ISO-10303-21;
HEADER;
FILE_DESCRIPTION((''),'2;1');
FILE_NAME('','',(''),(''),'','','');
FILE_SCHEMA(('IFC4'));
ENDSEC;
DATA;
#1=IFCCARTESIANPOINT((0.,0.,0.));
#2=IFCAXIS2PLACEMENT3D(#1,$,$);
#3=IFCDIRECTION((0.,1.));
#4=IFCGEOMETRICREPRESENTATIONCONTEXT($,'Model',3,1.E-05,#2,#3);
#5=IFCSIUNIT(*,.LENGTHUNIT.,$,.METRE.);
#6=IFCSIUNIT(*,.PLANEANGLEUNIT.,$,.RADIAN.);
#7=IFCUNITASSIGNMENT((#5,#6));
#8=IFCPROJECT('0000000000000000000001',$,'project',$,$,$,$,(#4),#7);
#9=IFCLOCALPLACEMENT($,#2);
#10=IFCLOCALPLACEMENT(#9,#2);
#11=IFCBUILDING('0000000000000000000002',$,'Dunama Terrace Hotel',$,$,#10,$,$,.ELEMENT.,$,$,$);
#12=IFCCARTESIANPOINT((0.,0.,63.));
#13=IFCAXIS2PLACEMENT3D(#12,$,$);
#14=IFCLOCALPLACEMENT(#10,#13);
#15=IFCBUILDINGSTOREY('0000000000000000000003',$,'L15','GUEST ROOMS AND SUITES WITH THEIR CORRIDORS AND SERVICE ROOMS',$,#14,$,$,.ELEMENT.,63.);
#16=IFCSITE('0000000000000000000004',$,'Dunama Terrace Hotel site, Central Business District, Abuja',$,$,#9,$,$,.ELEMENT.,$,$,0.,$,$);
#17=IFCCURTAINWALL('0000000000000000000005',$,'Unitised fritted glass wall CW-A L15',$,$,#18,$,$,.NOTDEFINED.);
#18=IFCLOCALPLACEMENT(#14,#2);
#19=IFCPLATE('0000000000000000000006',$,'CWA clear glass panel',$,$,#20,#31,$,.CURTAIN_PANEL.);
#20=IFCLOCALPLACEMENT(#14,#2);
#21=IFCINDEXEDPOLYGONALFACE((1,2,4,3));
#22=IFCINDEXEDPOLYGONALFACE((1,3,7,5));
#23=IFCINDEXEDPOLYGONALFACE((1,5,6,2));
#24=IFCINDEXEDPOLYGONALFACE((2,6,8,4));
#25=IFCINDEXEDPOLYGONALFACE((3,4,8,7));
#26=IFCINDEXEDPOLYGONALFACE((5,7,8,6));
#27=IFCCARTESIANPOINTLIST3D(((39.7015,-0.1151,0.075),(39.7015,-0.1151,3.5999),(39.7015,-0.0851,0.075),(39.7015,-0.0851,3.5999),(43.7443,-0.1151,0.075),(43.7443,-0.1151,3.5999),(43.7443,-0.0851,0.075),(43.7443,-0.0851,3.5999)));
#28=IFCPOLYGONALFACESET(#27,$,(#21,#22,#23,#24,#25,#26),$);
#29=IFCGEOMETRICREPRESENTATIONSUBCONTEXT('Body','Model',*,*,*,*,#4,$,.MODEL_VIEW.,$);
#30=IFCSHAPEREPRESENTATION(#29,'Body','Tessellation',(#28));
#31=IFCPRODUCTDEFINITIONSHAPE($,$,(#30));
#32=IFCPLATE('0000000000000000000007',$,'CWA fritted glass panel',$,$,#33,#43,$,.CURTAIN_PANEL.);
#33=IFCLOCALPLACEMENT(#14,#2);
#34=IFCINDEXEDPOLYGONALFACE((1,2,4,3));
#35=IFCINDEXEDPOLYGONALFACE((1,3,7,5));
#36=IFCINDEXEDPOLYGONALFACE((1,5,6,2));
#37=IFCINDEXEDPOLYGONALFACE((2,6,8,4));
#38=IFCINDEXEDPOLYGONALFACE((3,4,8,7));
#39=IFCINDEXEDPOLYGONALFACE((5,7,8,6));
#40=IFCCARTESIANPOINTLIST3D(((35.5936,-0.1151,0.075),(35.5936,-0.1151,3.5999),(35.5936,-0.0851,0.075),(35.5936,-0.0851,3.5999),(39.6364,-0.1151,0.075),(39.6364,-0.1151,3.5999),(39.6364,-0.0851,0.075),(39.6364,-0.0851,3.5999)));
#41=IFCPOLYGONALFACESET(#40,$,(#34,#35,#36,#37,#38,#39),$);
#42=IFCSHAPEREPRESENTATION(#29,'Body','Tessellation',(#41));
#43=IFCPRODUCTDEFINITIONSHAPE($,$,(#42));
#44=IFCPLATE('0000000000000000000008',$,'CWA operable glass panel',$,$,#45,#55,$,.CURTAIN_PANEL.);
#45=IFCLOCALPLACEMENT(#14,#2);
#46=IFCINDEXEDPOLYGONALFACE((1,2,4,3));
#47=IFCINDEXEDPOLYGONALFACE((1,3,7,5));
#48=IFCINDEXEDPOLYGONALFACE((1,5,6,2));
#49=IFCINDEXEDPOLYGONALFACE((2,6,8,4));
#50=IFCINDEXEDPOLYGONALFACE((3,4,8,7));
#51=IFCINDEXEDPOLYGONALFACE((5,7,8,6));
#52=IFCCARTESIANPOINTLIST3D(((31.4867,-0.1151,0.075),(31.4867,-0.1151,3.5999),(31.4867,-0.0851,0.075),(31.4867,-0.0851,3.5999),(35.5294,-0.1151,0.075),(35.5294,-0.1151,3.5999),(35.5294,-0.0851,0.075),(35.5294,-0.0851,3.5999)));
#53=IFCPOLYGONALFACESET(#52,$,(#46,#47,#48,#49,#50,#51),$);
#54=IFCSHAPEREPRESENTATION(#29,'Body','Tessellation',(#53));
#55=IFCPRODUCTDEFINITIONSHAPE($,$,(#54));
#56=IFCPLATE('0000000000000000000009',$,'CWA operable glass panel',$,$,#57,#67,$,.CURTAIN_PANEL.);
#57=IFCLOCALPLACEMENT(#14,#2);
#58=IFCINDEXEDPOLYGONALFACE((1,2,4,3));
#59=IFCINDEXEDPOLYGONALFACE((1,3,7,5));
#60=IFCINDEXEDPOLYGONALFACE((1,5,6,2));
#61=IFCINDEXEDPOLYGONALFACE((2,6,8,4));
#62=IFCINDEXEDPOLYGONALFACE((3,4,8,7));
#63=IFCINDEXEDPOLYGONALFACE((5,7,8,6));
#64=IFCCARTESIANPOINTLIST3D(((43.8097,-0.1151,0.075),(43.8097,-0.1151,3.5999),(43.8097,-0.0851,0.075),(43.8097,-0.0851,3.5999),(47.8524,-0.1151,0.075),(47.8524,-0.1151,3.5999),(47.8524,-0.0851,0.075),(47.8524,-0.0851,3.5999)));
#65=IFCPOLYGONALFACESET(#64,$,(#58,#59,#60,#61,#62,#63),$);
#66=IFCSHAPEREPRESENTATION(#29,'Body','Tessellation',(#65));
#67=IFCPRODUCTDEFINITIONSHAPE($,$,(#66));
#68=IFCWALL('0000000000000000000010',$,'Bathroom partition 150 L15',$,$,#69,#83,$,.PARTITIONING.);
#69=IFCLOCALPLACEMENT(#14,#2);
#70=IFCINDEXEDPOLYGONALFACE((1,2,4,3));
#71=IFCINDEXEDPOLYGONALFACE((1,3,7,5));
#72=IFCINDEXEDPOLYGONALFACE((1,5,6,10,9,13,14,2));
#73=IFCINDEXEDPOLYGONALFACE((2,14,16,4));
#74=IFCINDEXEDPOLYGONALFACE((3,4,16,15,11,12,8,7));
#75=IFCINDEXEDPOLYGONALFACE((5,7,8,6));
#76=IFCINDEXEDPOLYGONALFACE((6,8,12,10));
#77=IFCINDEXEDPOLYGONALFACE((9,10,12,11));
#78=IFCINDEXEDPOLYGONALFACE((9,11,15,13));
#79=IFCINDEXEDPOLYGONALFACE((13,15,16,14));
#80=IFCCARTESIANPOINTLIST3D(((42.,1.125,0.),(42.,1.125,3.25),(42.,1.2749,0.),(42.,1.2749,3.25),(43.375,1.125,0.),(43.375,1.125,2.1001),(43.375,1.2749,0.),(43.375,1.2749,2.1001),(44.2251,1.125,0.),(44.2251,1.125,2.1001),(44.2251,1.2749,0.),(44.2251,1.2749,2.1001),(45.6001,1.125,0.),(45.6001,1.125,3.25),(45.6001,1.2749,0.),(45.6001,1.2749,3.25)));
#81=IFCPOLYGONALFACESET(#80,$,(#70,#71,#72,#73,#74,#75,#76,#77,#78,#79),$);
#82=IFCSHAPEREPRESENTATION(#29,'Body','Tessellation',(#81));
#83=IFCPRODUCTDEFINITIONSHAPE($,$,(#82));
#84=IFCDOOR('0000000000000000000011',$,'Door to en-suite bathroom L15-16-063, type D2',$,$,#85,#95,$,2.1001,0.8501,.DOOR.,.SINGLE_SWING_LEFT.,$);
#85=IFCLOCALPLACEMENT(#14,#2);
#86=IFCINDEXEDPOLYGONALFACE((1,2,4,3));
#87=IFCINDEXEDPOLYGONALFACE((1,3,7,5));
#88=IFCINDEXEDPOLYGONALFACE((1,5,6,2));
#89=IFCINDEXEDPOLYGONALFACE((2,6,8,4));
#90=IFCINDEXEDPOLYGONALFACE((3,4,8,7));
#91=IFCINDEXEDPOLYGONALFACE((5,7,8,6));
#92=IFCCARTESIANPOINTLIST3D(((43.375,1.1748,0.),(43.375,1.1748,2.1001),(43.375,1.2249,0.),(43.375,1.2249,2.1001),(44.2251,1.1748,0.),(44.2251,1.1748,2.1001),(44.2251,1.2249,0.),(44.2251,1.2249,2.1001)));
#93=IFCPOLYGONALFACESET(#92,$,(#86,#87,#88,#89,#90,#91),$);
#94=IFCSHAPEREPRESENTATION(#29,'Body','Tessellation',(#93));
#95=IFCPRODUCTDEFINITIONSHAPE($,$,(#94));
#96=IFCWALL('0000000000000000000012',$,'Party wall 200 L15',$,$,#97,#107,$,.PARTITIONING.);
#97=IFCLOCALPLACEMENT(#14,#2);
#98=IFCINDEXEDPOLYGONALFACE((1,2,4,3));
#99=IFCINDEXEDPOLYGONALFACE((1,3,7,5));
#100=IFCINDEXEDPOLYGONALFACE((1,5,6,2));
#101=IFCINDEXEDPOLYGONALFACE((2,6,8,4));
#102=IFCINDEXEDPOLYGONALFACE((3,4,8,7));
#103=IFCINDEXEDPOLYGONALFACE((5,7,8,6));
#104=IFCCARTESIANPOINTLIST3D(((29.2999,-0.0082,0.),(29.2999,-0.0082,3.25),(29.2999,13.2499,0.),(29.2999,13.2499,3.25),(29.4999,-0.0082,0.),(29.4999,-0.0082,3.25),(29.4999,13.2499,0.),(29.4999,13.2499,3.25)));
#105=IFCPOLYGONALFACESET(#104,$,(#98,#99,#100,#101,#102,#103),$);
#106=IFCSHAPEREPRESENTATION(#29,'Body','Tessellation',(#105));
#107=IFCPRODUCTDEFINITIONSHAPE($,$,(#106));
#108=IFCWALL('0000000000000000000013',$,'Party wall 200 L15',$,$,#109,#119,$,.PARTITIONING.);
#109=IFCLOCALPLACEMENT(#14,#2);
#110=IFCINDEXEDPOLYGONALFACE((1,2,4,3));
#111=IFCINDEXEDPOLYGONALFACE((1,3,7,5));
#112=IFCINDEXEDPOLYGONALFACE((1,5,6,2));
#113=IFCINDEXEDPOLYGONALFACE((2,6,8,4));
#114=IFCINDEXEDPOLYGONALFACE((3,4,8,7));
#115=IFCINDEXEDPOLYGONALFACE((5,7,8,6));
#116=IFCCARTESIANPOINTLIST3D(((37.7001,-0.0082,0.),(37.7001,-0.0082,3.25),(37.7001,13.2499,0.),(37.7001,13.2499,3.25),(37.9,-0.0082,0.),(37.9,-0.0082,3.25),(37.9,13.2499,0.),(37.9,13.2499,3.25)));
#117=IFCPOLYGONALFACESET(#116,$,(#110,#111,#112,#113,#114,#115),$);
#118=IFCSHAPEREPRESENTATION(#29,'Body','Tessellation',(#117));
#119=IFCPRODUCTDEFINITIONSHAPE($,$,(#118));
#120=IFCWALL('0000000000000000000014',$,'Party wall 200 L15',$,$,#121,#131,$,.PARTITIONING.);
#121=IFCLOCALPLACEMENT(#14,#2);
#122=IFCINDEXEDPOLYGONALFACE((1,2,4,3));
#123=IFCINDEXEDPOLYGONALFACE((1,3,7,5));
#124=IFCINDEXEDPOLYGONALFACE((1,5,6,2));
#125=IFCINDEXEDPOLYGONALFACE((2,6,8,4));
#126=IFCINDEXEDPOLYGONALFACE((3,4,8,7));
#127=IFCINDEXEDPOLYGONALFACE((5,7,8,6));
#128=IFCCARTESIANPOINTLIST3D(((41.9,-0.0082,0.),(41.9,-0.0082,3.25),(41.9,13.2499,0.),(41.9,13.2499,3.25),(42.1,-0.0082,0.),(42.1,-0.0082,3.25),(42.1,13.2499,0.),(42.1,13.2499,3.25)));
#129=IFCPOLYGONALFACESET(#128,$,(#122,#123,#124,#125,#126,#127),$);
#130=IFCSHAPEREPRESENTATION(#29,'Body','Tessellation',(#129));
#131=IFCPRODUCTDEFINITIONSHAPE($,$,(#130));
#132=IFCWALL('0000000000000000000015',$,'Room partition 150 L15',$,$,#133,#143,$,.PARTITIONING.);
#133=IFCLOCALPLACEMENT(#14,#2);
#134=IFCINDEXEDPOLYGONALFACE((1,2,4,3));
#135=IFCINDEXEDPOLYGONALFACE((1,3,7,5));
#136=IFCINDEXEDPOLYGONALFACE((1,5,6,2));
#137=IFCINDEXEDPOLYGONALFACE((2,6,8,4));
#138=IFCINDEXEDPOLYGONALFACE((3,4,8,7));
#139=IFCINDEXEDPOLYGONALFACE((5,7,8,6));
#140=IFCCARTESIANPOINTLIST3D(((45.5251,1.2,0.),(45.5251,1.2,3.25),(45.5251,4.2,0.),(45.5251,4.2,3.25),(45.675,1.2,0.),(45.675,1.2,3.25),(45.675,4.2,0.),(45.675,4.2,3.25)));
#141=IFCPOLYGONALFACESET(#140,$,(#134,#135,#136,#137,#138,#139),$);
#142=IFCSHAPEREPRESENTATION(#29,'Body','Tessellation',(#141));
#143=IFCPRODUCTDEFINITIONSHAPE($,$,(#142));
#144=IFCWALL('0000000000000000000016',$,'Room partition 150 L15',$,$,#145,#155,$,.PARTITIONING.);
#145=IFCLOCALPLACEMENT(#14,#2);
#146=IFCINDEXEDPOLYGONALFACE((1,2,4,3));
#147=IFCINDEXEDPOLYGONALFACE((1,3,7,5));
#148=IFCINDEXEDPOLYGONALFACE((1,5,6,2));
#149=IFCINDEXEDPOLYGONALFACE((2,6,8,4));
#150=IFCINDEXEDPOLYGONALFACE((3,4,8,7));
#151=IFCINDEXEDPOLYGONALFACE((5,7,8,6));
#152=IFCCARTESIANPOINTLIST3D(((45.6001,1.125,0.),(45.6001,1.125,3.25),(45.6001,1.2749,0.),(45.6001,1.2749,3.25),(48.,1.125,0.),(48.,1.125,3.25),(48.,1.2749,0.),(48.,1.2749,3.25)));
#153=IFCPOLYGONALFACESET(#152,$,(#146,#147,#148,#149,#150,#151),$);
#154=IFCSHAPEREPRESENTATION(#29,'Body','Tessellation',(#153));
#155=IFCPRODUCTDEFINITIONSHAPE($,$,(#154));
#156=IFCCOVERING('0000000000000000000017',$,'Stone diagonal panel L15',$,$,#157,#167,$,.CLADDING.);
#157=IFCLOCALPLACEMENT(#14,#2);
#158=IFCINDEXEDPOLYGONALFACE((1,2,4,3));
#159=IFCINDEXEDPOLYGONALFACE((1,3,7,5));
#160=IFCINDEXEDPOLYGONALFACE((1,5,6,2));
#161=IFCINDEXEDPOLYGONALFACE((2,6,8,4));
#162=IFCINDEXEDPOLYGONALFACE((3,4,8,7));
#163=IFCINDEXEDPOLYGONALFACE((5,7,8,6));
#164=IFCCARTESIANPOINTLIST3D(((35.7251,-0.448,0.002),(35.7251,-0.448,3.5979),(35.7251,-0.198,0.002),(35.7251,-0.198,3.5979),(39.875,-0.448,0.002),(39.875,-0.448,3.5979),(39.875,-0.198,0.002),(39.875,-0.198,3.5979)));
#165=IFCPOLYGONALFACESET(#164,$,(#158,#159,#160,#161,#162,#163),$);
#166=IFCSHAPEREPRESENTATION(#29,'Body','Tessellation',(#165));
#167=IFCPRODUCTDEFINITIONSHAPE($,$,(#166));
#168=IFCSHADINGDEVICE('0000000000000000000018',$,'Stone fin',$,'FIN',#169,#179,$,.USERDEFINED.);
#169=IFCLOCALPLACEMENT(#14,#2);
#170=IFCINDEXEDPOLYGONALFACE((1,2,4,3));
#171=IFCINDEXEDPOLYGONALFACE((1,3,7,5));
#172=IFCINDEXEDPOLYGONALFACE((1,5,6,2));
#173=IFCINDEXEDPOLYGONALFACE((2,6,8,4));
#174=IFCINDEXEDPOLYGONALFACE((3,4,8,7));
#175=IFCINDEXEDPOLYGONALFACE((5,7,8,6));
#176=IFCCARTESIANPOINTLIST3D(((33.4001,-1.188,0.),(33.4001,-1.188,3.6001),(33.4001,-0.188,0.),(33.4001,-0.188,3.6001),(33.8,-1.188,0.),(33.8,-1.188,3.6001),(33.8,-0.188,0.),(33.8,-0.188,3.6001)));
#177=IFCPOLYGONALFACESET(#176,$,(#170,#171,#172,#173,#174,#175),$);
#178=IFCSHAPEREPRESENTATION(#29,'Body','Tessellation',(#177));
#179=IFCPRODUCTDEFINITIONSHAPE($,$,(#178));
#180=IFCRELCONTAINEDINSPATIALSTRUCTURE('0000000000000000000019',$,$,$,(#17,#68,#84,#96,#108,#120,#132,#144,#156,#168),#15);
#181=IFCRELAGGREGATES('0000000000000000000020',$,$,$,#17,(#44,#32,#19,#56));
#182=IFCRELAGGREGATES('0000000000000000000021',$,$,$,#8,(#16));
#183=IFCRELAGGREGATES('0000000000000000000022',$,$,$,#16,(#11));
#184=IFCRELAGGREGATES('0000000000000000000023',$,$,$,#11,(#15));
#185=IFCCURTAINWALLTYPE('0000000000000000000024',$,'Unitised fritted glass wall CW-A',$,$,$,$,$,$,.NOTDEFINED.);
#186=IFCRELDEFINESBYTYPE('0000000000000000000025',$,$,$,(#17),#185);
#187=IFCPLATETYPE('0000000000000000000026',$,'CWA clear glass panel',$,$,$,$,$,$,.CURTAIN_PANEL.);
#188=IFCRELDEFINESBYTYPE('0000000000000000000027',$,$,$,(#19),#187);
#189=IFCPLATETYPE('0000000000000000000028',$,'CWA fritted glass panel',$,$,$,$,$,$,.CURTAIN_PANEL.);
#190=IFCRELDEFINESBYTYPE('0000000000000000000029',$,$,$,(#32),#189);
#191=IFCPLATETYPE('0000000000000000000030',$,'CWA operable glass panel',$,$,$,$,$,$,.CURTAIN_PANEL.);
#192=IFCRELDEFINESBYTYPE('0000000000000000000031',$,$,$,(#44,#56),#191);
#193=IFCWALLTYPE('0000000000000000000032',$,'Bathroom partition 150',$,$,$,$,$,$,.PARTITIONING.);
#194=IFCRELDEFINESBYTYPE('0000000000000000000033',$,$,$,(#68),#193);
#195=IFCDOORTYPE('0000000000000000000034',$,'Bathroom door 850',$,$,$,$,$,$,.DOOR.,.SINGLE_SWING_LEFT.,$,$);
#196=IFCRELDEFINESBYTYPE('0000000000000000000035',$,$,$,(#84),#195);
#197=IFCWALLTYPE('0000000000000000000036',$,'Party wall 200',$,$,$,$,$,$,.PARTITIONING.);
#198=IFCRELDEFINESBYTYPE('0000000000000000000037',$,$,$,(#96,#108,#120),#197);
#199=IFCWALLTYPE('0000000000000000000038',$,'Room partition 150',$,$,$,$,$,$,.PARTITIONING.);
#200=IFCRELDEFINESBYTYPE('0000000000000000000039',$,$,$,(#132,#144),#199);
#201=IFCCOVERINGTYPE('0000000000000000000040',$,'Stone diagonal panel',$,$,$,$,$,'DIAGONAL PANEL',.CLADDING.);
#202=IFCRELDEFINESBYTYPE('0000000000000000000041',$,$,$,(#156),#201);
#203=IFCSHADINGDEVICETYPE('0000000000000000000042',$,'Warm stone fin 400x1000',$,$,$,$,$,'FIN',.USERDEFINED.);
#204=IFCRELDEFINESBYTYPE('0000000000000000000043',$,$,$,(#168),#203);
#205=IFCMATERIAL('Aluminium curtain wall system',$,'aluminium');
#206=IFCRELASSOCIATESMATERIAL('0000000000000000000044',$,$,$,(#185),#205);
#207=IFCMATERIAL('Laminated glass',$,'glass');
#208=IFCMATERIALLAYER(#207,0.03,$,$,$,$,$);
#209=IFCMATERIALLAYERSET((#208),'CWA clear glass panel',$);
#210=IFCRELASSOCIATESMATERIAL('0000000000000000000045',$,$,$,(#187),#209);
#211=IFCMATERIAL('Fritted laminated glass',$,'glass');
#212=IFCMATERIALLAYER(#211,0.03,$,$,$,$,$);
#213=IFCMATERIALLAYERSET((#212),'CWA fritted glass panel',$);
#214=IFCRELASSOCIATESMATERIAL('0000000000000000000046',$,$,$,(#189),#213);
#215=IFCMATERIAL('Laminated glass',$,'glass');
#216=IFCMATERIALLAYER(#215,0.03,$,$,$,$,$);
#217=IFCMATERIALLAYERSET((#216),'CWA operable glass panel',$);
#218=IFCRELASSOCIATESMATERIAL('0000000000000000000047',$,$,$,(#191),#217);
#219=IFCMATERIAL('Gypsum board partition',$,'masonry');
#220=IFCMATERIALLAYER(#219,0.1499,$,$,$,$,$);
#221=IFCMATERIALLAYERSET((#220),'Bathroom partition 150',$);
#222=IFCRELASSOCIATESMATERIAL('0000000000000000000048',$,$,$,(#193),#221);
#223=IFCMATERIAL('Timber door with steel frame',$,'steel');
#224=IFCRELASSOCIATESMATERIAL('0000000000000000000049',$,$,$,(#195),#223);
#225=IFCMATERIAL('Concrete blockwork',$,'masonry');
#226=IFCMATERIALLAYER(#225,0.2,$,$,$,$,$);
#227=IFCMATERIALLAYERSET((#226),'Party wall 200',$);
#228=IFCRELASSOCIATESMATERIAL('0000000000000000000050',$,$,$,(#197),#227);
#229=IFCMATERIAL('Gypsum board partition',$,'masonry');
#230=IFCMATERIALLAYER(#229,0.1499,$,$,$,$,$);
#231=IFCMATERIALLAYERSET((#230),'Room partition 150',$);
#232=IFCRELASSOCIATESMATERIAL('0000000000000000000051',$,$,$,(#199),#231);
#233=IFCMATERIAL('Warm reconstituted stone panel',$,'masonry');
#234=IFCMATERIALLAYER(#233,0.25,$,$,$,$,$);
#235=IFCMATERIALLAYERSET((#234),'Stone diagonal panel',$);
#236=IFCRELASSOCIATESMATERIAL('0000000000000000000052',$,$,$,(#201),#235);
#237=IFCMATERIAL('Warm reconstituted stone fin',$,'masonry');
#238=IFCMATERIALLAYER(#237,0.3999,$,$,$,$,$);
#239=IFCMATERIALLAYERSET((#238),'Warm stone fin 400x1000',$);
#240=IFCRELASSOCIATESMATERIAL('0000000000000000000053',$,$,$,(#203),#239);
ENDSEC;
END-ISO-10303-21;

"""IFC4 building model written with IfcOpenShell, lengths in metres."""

from ifc_helpers import new_model, si_unit, direction, frame, frame_2d, origin, origin_2d, place, context, subcontext, project, spatial, rectangle, extrude, material, layer, layer_set, type_object, element, fill, aggregate, save


model = new_model("IFC4")

# Units and contexts
model_context = context("Model", 3, precision=1e-05, world=origin(), true_north=direction((0.0, 1.0)))
body_context = subcontext(model_context, "Body", "Model", "MODEL_VIEW")
ifc_project = project(units=[si_unit("LENGTHUNIT", "METRE"), si_unit("PLANEANGLEUNIT", "RADIAN")], contexts=[model_context])

# Site, building, storey
site_placement = place(None, origin())
site = spatial("IfcSite", under=ifc_project, at=site_placement, Name="Dunama Terrace Hotel site, Central Business District, Abuja", CompositionType="ELEMENT", RefElevation=0.0)
building_placement = place(site_placement, origin())
building = spatial("IfcBuilding", under=site, at=building_placement, Name="Dunama Terrace Hotel", CompositionType="ELEMENT")
storey_placement = place(building_placement, frame((0.0, 0.0, 63.0)))
storey = spatial("IfcBuildingStorey", under=building, at=storey_placement, Name="L15", Description="GUEST ROOMS AND SUITES WITH THEIR CORRIDORS AND SERVICE ROOMS", CompositionType="ELEMENT", Elevation=63.0)

# Curtain wall
ifc_material_1 = material(Name="Aluminium curtain wall system", Category="aluminium")
curtain_wall_type = type_object("IfcCurtainWallType", Name="Unitised fritted glass wall CW-A", PredefinedType="NOTDEFINED", material=ifc_material_1)
curtain_wall_placement = place(storey_placement, origin())
curtain_wall = element("IfcCurtainWall", 1, at=curtain_wall_placement, inside=storey, type_object=curtain_wall_type, Name="Unitised fritted glass wall CW-A L15", PredefinedType="NOTDEFINED")

# Plates
ifc_material_2 = material(Name="Laminated glass", Category="glass")
ifc_layer_1 = layer(ifc_material_2, 0.03)
ifc_layer_set_1 = layer_set([ifc_layer_1], Name="CWA clear glass panel")
plate_type_1 = type_object("IfcPlateType", Name="CWA clear glass panel", PredefinedType="CURTAIN_PANEL", material=ifc_layer_set_1)
plate_1_placement = place(storey_placement, frame((41.7229, -0.1001, 0.075), z_axis=(0.0, 0.0, 1.0), x_axis=(1.0, 0.0, 0.0)))
plate_1 = element("IfcPlate", 2, at=plate_1_placement, type_object=plate_type_1, Name="CWA clear glass panel", PredefinedType="CURTAIN_PANEL", context=body_context, shape_type="SweptSolid", body=[
    extrude(rectangle(XDim=4.0427, YDim=0.03, at=origin_2d()), origin(), (0.0, 0.0, 1.0), 3.5249),
])
ifc_material_3 = material(Name="Fritted laminated glass", Category="glass")
ifc_layer_2 = layer(ifc_material_3, 0.03)
ifc_layer_set_2 = layer_set([ifc_layer_2], Name="CWA fritted glass panel")
plate_type_2 = type_object("IfcPlateType", Name="CWA fritted glass panel", PredefinedType="CURTAIN_PANEL", material=ifc_layer_set_2)
plate_2_placement = place(storey_placement, frame((37.615, -0.1001, 0.075), z_axis=(0.0, 0.0, 1.0), x_axis=(1.0, 0.0, 0.0)))
plate_2 = element("IfcPlate", 3, at=plate_2_placement, type_object=plate_type_2, Name="CWA fritted glass panel", PredefinedType="CURTAIN_PANEL", context=body_context, shape_type="SweptSolid", body=[
    extrude(rectangle(XDim=4.0427, YDim=0.03, at=origin_2d()), origin(), (0.0, 0.0, 1.0), 3.5249),
])
ifc_material_4 = material(Name="Laminated glass", Category="glass")
ifc_layer_3 = layer(ifc_material_4, 0.03)
ifc_layer_set_3 = layer_set([ifc_layer_3], Name="CWA operable glass panel")
plate_type_3 = type_object("IfcPlateType", Name="CWA operable glass panel", PredefinedType="CURTAIN_PANEL", material=ifc_layer_set_3)
plate_3_placement = place(storey_placement, frame((33.5081, -0.1001, 0.075), z_axis=(0.0, 0.0, 1.0), x_axis=(1.0, 0.0, 0.0)))
plate_3 = element("IfcPlate", 4, at=plate_3_placement, type_object=plate_type_3, Name="CWA operable glass panel", PredefinedType="CURTAIN_PANEL", context=body_context, shape_type="SweptSolid", body=[
    extrude(rectangle(XDim=4.0427, YDim=0.03, at=origin_2d()), origin(), (0.0, 0.0, 1.0), 3.5249),
])
plate_4_placement = place(storey_placement, frame((45.8311, -0.1001, 0.075), z_axis=(0.0, 0.0, 1.0), x_axis=(1.0, 0.0, 0.0)))
plate_4 = element("IfcPlate", 5, at=plate_4_placement, type_object=plate_type_3, Name="CWA operable glass panel", PredefinedType="CURTAIN_PANEL", context=body_context, shape_type="SweptSolid", body=[
    extrude(rectangle(XDim=4.0427, YDim=0.03, at=origin_2d()), origin(), (0.0, 0.0, 1.0), 3.5249),
])
aggregate(curtain_wall, [plate_3, plate_2, plate_1, plate_4])

# Wall, opening, door
ifc_material_5 = material(Name="Gypsum board partition", Category="masonry")
ifc_layer_4 = layer(ifc_material_5, 0.1499)
ifc_layer_set_4 = layer_set([ifc_layer_4], Name="Bathroom partition 150")
wall_type_1 = type_object("IfcWallType", Name="Bathroom partition 150", PredefinedType="PARTITIONING", material=ifc_layer_set_4)
wall_1_placement = place(storey_placement, frame((42.0, 1.2, 0.0), z_axis=(0.0, 0.0, 1.0), x_axis=(1.0, 0.0, 0.0)))
wall_1 = element("IfcWall", 6, at=wall_1_placement, inside=storey, type_object=wall_type_1, Name="Bathroom partition 150 L15", PredefinedType="PARTITIONING", context=body_context, shape_type="SweptSolid", body=[
    extrude(rectangle(XDim=3.6001, YDim=0.1499, at=frame_2d((1.8, 0.0))), origin(), (0.0, 0.0, 1.0), 3.25),
])
opening_placement = place(wall_1_placement, frame((1.375, 0.0, 0.0)))
opening = element("IfcOpeningElement", 7, at=opening_placement, cuts=wall_1, PredefinedType="OPENING", context=body_context, shape_type="SweptSolid", body=[
    extrude(rectangle(XDim=0.8501, YDim=2.1001, at=frame_2d((0.425, 1.05))), frame((0.0, 0.085, 0.0), z_axis=(0.0, -1.0, 0.0), x_axis=(1.0, 0.0, 0.0)), (0.0, 0.0, 1.0), 0.1699),
])
ifc_material_6 = material(Name="Timber door with steel frame", Category="steel")
door_type = type_object("IfcDoorType", Name="Bathroom door 850", OperationType="SINGLE_SWING_LEFT", PredefinedType="DOOR", material=ifc_material_6)
door_placement = place(opening_placement, origin())
door = element("IfcDoor", 8, at=door_placement, inside=storey, type_object=door_type, Name="Door to en-suite bathroom L15-16-063, type D2", OperationType="SINGLE_SWING_LEFT", OverallHeight=2.1001, OverallWidth=0.8501, PredefinedType="DOOR", context=body_context, shape_type="SweptSolid", body=[
    extrude(rectangle(XDim=0.8501, YDim=2.1001, at=frame_2d((0.425, 1.05))), frame((0.0, 0.0249, 0.0), z_axis=(0.0, -1.0, 0.0), x_axis=(1.0, 0.0, 0.0)), (0.0, 0.0, 1.0), 0.05),
])
fill(opening, door)

# Walls
ifc_material_7 = material(Name="Concrete blockwork", Category="masonry")
ifc_layer_5 = layer(ifc_material_7, 0.2)
ifc_layer_set_5 = layer_set([ifc_layer_5], Name="Party wall 200")
wall_type_2 = type_object("IfcWallType", Name="Party wall 200", PredefinedType="PARTITIONING", material=ifc_layer_set_5)
for number, where, z_axis, x_axis, name in (
    (9, (29.3999, -0.0081, 0.0), (0.0, 0.0, 1.0), (0.0, 1.0, 0.0), "Party wall 200 L15"),
    (10, (37.8, -0.0081, 0.0), (0.0, 0.0, 1.0), (0.0, 1.0, 0.0), "Party wall 200 L15"),
    (11, (42.0, -0.0081, 0.0), (0.0, 0.0, 1.0), (0.0, 1.0, 0.0), "Party wall 200 L15"),
):
    element("IfcWall", number, at=place(storey_placement, frame(where, z_axis=z_axis, x_axis=x_axis)), inside=storey, type_object=wall_type_2, Name=name, PredefinedType="PARTITIONING", context=body_context, shape_type="SweptSolid", body=[
        extrude(rectangle(XDim=13.2581, YDim=0.2, at=frame_2d((6.6289, 0.0))), origin(), (0.0, 0.0, 1.0), 3.25),
    ])
ifc_material_8 = material(Name="Gypsum board partition", Category="masonry")
ifc_layer_6 = layer(ifc_material_8, 0.1499)
ifc_layer_set_6 = layer_set([ifc_layer_6], Name="Room partition 150")
wall_type_3 = type_object("IfcWallType", Name="Room partition 150", PredefinedType="PARTITIONING", material=ifc_layer_set_6)
wall_2_placement = place(storey_placement, frame((45.6001, 1.2, 0.0), z_axis=(0.0, 0.0, 1.0), x_axis=(0.0, 1.0, 0.0)))
element("IfcWall", 12, at=wall_2_placement, inside=storey, type_object=wall_type_3, Name="Room partition 150 L15", PredefinedType="PARTITIONING", context=body_context, shape_type="SweptSolid", body=[
    extrude(rectangle(XDim=3.0, YDim=0.1499, at=frame_2d((1.5, 0.0))), origin(), (0.0, 0.0, 1.0), 3.25),
])
wall_3_placement = place(storey_placement, frame((45.6001, 1.2, 0.0), z_axis=(0.0, 0.0, 1.0), x_axis=(1.0, 0.0, 0.0)))
element("IfcWall", 13, at=wall_3_placement, inside=storey, type_object=wall_type_3, Name="Room partition 150 L15", PredefinedType="PARTITIONING", context=body_context, shape_type="SweptSolid", body=[
    extrude(rectangle(XDim=2.3999, YDim=0.1499, at=frame_2d((1.2, 0.0))), origin(), (0.0, 0.0, 1.0), 3.25),
])

# Covering
ifc_material_9 = material(Name="Warm reconstituted stone panel", Category="masonry")
ifc_layer_7 = layer(ifc_material_9, 0.25)
ifc_layer_set_7 = layer_set([ifc_layer_7], Name="Stone diagonal panel")
covering_type = type_object("IfcCoveringType", Name="Stone diagonal panel", ElementType="DIAGONAL PANEL", PredefinedType="CLADDING", material=ifc_layer_set_7)
covering_placement = place(storey_placement, frame((37.8, -0.323, 0.002), z_axis=(0.0, 0.0, 1.0), x_axis=(1.0, 0.0, 0.0)))
element("IfcCovering", 14, at=covering_placement, inside=storey, type_object=covering_type, Name="Stone diagonal panel L15", PredefinedType="CLADDING", context=body_context, shape_type="SweptSolid", body=[
    extrude(rectangle(XDim=4.1499, YDim=0.25, at=origin_2d()), origin(), (0.0, 0.0, 1.0), 3.5959),
])

# Shading device
ifc_material_10 = material(Name="Warm reconstituted stone fin", Category="masonry")
ifc_layer_8 = layer(ifc_material_10, 0.3999)
ifc_layer_set_8 = layer_set([ifc_layer_8], Name="Warm stone fin 400x1000")
shading_device_type = type_object("IfcShadingDeviceType", Name="Warm stone fin 400x1000", ElementType="FIN", PredefinedType="USERDEFINED", material=ifc_layer_set_8)
for number, where, z_axis, x_axis, name in (
    (15, (33.6001, -0.688, 0.0), (0.0, 0.0, 1.0), (1.0, 0.0, 0.0), "Stone fin"),
):
    element("IfcShadingDevice", number, at=place(storey_placement, frame(where, z_axis=z_axis, x_axis=x_axis)), inside=storey, type_object=shading_device_type, Name=name, ObjectType="FIN", PredefinedType="USERDEFINED", context=body_context, shape_type="SweptSolid", body=[
        extrude(rectangle(XDim=0.3999, YDim=1.0, at=origin_2d()), origin(), (0.0, 0.0, 1.0), 3.6001),
    ])

save(model, "model.ifc")
